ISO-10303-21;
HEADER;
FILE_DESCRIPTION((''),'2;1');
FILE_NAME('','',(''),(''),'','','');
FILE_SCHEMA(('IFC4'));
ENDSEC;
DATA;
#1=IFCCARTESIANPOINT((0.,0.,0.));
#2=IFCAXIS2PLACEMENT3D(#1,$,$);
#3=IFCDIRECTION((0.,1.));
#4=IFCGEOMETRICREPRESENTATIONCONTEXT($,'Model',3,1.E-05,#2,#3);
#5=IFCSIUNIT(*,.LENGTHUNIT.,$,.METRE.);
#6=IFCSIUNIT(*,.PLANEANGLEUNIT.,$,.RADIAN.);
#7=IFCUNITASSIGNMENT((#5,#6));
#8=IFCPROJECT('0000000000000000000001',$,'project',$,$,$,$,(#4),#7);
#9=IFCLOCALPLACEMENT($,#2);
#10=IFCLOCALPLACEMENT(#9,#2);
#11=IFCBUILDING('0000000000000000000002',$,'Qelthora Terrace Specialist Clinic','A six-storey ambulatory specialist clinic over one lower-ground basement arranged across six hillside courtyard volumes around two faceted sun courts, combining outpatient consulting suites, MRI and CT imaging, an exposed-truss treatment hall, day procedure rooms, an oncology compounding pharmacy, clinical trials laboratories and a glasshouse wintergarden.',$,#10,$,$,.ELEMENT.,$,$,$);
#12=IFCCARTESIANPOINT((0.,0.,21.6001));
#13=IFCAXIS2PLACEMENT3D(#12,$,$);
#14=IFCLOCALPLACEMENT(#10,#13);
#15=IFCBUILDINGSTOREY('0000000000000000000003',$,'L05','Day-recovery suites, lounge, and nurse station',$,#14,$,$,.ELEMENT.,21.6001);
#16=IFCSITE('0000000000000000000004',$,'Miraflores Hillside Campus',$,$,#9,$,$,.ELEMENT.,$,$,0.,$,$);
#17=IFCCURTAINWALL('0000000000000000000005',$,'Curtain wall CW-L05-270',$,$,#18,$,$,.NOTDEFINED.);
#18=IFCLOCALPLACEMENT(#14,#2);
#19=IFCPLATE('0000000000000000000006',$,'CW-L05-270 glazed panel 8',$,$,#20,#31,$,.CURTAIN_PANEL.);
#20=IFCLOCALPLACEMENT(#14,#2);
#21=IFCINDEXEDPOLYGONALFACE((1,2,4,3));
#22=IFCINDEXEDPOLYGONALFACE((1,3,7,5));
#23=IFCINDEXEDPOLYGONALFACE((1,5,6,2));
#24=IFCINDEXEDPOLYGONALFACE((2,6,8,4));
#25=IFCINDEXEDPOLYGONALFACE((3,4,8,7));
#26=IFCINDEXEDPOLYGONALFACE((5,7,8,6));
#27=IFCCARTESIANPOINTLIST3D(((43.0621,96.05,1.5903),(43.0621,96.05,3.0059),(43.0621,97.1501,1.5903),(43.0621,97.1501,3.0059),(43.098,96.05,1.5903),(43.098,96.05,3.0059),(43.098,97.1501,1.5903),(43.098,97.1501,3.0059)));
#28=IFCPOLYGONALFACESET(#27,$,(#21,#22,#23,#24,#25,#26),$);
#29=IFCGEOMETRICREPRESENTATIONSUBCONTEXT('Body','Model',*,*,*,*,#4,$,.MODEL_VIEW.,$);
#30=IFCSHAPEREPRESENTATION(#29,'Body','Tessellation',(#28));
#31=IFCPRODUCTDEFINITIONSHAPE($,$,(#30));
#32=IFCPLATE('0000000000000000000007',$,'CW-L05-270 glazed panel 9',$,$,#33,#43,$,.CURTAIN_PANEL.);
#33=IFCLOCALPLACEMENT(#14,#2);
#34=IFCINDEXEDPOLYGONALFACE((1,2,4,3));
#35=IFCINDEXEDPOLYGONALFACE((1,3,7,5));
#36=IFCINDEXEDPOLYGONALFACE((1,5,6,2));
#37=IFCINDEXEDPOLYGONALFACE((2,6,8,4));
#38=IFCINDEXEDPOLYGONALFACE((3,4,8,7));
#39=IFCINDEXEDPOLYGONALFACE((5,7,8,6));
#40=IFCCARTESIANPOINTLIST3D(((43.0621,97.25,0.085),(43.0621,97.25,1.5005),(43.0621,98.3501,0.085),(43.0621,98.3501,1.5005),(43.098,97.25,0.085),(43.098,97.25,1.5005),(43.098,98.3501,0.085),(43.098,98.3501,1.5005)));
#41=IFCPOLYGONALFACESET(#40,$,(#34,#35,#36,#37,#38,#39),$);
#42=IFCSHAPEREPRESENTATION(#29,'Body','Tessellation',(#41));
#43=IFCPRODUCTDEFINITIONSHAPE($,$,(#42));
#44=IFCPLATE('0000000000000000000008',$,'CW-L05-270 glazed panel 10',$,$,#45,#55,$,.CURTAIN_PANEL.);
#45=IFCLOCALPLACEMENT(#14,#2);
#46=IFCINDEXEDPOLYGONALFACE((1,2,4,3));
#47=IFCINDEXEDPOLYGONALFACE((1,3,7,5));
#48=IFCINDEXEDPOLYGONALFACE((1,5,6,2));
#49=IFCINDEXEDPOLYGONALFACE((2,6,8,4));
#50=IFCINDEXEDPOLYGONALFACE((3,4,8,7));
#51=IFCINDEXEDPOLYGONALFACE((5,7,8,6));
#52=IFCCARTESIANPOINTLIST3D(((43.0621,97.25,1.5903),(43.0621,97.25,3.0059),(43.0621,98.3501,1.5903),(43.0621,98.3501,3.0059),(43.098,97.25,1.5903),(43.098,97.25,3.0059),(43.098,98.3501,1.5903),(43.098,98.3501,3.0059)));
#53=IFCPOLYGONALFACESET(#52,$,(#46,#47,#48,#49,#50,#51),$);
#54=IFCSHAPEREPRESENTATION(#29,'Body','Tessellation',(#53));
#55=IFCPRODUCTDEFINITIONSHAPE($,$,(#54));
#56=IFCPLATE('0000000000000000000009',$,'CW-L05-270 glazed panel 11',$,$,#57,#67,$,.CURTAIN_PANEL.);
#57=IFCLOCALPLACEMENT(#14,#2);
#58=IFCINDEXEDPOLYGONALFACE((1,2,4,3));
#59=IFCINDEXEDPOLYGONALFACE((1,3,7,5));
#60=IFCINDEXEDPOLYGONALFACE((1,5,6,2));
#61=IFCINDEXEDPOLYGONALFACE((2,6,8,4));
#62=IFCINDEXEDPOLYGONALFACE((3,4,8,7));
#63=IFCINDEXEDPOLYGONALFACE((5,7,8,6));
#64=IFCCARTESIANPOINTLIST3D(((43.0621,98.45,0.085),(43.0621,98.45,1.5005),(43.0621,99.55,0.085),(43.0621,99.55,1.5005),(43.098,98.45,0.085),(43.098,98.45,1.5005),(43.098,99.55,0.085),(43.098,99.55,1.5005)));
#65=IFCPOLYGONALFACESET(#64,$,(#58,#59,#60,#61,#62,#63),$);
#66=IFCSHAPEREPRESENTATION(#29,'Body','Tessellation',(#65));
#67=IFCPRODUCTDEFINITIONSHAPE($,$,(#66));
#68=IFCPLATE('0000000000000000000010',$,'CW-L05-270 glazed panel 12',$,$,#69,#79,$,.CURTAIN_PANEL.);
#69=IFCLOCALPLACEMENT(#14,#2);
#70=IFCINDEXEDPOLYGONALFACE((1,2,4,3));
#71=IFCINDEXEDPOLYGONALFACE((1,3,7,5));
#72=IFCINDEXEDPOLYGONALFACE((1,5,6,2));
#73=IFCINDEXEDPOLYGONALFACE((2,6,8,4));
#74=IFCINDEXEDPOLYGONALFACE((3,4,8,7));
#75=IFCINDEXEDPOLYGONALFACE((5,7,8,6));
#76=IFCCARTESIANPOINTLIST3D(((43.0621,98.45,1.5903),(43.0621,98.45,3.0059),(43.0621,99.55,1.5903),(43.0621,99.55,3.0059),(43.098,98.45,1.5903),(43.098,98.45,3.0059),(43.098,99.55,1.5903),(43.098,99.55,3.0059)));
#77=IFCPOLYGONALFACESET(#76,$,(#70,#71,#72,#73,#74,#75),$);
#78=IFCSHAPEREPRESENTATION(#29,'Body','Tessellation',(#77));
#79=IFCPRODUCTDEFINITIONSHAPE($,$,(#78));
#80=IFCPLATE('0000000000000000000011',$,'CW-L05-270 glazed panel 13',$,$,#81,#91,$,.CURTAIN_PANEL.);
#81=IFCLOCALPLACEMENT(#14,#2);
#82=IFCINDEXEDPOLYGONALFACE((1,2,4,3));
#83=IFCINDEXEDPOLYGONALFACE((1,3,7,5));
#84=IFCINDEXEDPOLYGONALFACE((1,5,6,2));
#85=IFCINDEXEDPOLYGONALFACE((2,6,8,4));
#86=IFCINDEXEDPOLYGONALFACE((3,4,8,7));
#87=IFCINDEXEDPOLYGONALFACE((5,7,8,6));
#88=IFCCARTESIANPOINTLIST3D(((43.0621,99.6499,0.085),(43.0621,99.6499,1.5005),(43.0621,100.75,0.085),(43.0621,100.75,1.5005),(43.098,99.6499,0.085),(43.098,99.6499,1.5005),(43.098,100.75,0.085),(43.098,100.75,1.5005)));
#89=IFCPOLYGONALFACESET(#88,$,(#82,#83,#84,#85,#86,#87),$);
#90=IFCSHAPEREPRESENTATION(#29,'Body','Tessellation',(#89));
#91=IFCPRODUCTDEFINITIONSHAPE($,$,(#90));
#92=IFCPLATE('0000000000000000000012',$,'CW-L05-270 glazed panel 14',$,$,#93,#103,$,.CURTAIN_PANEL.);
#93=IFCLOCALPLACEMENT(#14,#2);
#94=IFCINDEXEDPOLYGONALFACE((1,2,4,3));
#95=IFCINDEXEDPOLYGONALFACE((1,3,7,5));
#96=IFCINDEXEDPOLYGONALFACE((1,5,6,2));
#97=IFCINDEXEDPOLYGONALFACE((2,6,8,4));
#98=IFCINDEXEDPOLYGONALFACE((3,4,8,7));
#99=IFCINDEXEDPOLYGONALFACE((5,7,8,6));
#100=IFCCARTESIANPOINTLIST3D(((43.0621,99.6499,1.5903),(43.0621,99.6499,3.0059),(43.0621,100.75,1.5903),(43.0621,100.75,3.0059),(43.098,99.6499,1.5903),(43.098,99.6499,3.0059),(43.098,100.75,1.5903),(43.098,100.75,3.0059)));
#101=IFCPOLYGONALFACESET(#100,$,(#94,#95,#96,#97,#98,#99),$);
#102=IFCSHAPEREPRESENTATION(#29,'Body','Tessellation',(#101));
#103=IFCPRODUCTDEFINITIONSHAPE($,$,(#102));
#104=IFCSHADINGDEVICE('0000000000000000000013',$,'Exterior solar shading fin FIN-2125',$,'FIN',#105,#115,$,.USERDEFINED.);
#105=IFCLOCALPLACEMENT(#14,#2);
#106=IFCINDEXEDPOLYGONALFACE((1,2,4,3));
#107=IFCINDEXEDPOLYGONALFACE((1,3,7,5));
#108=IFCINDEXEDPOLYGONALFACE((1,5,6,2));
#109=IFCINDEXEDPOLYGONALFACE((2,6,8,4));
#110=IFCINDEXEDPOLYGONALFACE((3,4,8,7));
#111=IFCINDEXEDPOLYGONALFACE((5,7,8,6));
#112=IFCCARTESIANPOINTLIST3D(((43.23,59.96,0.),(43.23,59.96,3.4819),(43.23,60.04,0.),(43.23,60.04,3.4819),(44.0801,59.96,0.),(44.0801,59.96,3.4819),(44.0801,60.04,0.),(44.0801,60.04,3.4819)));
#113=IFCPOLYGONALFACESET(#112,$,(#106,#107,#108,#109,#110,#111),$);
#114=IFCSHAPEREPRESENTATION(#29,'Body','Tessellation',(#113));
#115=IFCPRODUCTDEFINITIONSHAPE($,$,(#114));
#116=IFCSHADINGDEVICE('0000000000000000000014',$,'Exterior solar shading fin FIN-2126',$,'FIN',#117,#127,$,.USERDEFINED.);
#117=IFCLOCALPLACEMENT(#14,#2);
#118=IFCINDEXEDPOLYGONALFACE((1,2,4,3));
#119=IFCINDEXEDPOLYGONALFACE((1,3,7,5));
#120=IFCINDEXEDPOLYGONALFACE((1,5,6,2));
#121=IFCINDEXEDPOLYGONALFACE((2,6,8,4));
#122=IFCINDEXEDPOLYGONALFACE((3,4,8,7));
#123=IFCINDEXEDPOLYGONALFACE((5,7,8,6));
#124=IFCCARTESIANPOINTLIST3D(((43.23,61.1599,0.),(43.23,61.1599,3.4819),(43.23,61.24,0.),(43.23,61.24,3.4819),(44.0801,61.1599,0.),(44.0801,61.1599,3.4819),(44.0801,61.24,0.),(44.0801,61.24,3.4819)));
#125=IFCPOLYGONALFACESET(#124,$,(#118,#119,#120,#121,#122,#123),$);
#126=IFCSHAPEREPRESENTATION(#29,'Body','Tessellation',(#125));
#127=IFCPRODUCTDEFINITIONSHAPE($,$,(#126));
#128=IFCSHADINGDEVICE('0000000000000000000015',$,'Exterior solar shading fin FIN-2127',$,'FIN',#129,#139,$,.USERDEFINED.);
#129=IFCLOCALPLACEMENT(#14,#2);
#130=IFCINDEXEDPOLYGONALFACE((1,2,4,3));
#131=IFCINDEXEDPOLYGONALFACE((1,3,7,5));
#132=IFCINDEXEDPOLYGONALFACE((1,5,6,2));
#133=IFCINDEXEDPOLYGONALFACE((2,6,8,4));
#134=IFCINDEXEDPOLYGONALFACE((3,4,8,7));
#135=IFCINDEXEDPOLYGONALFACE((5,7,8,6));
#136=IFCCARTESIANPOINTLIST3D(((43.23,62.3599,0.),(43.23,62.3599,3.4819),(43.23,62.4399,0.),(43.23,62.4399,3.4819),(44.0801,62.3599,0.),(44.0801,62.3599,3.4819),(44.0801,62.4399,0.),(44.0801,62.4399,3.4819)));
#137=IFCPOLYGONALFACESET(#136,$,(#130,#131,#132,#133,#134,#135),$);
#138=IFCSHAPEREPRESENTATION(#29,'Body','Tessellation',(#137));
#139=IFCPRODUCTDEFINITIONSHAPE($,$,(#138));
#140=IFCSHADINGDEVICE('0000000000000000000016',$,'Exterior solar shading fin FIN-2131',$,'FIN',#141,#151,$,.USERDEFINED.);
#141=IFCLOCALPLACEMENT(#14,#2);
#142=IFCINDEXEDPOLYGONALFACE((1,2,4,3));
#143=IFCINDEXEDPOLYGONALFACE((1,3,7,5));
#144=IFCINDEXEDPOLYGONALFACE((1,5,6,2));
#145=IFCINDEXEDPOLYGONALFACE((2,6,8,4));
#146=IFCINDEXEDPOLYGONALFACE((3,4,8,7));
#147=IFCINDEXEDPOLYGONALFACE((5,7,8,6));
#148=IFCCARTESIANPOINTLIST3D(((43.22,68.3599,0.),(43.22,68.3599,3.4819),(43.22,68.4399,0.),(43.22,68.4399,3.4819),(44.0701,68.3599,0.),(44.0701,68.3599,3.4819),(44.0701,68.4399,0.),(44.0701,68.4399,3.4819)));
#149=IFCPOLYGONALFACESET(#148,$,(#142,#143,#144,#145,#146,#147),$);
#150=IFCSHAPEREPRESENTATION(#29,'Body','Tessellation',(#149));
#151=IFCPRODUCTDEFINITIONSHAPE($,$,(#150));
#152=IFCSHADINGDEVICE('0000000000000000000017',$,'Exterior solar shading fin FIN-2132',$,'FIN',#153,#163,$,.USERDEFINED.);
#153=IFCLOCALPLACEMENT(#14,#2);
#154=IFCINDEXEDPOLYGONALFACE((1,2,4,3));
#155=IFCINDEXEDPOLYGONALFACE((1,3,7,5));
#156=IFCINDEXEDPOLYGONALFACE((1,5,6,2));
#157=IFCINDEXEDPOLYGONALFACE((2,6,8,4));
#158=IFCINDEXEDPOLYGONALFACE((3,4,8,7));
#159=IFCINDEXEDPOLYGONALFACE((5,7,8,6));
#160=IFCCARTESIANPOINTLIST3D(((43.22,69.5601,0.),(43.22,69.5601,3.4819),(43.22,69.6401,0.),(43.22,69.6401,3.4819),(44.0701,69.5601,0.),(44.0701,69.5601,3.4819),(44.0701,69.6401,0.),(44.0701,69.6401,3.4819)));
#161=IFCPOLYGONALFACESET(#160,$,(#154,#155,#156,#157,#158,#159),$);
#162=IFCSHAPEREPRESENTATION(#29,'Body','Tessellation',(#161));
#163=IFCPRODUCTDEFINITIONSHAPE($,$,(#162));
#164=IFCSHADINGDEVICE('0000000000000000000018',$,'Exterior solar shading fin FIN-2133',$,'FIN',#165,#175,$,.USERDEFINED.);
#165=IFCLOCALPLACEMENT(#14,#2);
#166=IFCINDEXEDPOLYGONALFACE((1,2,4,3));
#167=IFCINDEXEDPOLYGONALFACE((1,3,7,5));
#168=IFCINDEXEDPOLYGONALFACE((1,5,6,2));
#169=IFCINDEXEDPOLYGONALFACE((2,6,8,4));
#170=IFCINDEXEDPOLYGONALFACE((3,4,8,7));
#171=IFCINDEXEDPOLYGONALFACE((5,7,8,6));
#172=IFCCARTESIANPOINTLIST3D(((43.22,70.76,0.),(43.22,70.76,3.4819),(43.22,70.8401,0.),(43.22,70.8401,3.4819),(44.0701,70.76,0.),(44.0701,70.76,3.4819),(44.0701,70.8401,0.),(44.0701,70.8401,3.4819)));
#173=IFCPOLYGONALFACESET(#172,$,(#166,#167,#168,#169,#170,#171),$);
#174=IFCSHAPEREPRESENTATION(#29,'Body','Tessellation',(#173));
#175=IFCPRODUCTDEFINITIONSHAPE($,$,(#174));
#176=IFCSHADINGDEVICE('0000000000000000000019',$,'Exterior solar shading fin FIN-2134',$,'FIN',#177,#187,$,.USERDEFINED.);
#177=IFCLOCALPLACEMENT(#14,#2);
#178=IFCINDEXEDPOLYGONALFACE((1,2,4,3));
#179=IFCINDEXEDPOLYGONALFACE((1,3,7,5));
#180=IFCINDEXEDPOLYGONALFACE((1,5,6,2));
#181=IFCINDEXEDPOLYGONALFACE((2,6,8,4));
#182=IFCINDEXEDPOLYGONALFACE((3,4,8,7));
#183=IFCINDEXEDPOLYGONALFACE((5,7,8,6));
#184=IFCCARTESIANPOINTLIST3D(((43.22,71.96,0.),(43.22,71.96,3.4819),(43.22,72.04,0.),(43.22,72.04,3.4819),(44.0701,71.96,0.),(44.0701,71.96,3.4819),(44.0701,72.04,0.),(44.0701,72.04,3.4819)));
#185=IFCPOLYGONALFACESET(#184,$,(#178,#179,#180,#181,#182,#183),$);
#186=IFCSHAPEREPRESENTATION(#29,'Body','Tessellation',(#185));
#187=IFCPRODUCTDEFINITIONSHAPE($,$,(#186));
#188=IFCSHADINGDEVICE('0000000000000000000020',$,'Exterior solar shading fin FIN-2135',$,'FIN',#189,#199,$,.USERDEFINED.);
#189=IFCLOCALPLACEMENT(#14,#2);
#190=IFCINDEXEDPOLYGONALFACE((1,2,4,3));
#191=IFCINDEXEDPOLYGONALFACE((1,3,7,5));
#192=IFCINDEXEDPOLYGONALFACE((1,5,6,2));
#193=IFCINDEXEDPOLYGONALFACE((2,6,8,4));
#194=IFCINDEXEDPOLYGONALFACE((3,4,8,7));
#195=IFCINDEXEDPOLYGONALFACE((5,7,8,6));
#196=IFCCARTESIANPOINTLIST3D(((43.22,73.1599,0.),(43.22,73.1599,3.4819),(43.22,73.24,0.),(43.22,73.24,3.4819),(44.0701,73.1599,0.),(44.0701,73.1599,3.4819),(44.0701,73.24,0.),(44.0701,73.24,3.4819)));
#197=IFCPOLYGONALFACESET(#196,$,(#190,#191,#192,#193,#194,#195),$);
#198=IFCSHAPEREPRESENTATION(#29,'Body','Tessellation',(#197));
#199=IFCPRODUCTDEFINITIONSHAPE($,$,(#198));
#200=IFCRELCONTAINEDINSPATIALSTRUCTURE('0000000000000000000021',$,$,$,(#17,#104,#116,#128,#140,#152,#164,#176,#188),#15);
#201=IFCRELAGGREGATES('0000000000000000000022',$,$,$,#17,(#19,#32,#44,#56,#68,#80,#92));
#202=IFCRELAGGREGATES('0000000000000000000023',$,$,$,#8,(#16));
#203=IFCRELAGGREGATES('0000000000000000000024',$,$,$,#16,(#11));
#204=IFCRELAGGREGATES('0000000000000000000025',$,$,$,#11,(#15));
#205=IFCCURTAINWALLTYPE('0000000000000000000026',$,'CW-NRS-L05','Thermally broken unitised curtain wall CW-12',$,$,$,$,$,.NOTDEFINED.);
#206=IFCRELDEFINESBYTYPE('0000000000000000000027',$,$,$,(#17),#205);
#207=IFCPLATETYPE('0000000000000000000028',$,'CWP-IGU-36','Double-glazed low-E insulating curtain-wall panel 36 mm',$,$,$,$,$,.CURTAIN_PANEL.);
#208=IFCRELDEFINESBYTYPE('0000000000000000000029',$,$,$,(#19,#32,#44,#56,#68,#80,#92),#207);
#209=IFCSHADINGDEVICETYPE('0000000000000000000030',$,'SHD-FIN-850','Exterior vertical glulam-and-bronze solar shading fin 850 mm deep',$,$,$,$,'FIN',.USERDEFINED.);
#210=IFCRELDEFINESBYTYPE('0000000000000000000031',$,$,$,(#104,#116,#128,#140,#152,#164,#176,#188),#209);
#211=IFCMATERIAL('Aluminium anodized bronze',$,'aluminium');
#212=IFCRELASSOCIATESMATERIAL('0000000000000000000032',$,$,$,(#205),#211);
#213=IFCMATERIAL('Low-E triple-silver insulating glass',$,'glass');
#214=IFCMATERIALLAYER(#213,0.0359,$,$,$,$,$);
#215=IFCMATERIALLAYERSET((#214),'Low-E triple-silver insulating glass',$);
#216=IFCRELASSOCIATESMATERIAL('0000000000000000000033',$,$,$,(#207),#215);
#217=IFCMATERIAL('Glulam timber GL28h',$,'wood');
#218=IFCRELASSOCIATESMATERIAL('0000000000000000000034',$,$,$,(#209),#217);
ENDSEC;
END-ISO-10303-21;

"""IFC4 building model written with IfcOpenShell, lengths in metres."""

from ifc_helpers import new_model, si_unit, direction, frame, origin, origin_2d, place, context, subcontext, project, spatial, rectangle, extrude, material, layer, layer_set, type_object, element, aggregate, save


model = new_model("IFC4")

# Units and contexts
model_context = context("Model", 3, precision=1e-05, world=origin(), true_north=direction((0.0, 1.0)))
body_context = subcontext(model_context, "Body", "Model", "MODEL_VIEW")
ifc_project = project(units=[si_unit("LENGTHUNIT", "METRE"), si_unit("PLANEANGLEUNIT", "RADIAN")], contexts=[model_context])

# Site, building, storey
site_placement = place(None, origin())
site = spatial("IfcSite", under=ifc_project, at=site_placement, Name="Miraflores Hillside Campus", CompositionType="ELEMENT", RefElevation=0.0)
building_placement = place(site_placement, origin())
building = spatial("IfcBuilding", under=site, at=building_placement, Name="Qelthora Terrace Specialist Clinic", Description="A six-storey ambulatory specialist clinic over one lower-ground basement arranged across six hillside courtyard volumes around two faceted sun courts, combining outpatient consulting suites, MRI and CT imaging, an exposed-truss treatment hall, day procedure rooms, an oncology compounding pharmacy, clinical trials laboratories and a glasshouse wintergarden.", CompositionType="ELEMENT")
storey_placement = place(building_placement, frame((0.0, 0.0, 21.6001)))
storey = spatial("IfcBuildingStorey", under=building, at=storey_placement, Name="L05", Description="Day-recovery suites, lounge, and nurse station", CompositionType="ELEMENT", Elevation=21.6001)

# Curtain wall, plates
ifc_material_1 = material(Name="Aluminium anodized bronze", Category="aluminium")
curtain_wall_type = type_object("IfcCurtainWallType", Name="CW-NRS-L05", Description="Thermally broken unitised curtain wall CW-12", PredefinedType="NOTDEFINED", material=ifc_material_1)
curtain_wall_placement = place(storey_placement, origin())
curtain_wall = element("IfcCurtainWall", 1, at=curtain_wall_placement, inside=storey, type_object=curtain_wall_type, Name="Curtain wall CW-L05-270", PredefinedType="NOTDEFINED")
ifc_material_2 = material(Name="Low-E triple-silver insulating glass", Category="glass")
ifc_layer = layer(ifc_material_2, 0.0359)
ifc_layer_set = layer_set([ifc_layer], Name="Low-E triple-silver insulating glass")
plate_type = type_object("IfcPlateType", Name="CWP-IGU-36", Description="Double-glazed low-E insulating curtain-wall panel 36 mm", PredefinedType="CURTAIN_PANEL", material=ifc_layer_set)
plate_1_placement = place(storey_placement, frame((43.0801, 96.6001, 1.5903), z_axis=(0.0, 0.0, 1.0), x_axis=(0.0, 1.0, 0.0)))
plate_1 = element("IfcPlate", 2, at=plate_1_placement, type_object=plate_type, Name="CW-L05-270 glazed panel 8", PredefinedType="CURTAIN_PANEL", context=body_context, shape_type="SweptSolid", body=[
    extrude(rectangle(XDim=1.1001, YDim=0.0359, at=origin_2d()), origin(), (0.0, 0.0, 1.0), 1.4155),
])
plate_2_placement = place(storey_placement, frame((43.0801, 97.8, 0.085), z_axis=(0.0, 0.0, 1.0), x_axis=(0.0, 1.0, 0.0)))
plate_2 = element("IfcPlate", 3, at=plate_2_placement, type_object=plate_type, Name="CW-L05-270 glazed panel 9", PredefinedType="CURTAIN_PANEL", context=body_context, shape_type="SweptSolid", body=[
    extrude(rectangle(XDim=1.1001, YDim=0.0359, at=origin_2d()), origin(), (0.0, 0.0, 1.0), 1.4155),
])
plate_3_placement = place(storey_placement, frame((43.0801, 97.8, 1.5903), z_axis=(0.0, 0.0, 1.0), x_axis=(0.0, 1.0, 0.0)))
plate_3 = element("IfcPlate", 4, at=plate_3_placement, type_object=plate_type, Name="CW-L05-270 glazed panel 10", PredefinedType="CURTAIN_PANEL", context=body_context, shape_type="SweptSolid", body=[
    extrude(rectangle(XDim=1.1001, YDim=0.0359, at=origin_2d()), origin(), (0.0, 0.0, 1.0), 1.4155),
])
plate_4_placement = place(storey_placement, frame((43.0801, 99.0, 0.085), z_axis=(0.0, 0.0, 1.0), x_axis=(0.0, 1.0, 0.0)))
plate_4 = element("IfcPlate", 5, at=plate_4_placement, type_object=plate_type, Name="CW-L05-270 glazed panel 11", PredefinedType="CURTAIN_PANEL", context=body_context, shape_type="SweptSolid", body=[
    extrude(rectangle(XDim=1.1001, YDim=0.0359, at=origin_2d()), origin(), (0.0, 0.0, 1.0), 1.4155),
])
plate_5_placement = place(storey_placement, frame((43.0801, 99.0, 1.5903), z_axis=(0.0, 0.0, 1.0), x_axis=(0.0, 1.0, 0.0)))
plate_5 = element("IfcPlate", 6, at=plate_5_placement, type_object=plate_type, Name="CW-L05-270 glazed panel 12", PredefinedType="CURTAIN_PANEL", context=body_context, shape_type="SweptSolid", body=[
    extrude(rectangle(XDim=1.1001, YDim=0.0359, at=origin_2d()), origin(), (0.0, 0.0, 1.0), 1.4155),
])
plate_6_placement = place(storey_placement, frame((43.0801, 100.2, 0.085), z_axis=(0.0, 0.0, 1.0), x_axis=(0.0, 1.0, 0.0)))
plate_6 = element("IfcPlate", 7, at=plate_6_placement, type_object=plate_type, Name="CW-L05-270 glazed panel 13", PredefinedType="CURTAIN_PANEL", context=body_context, shape_type="SweptSolid", body=[
    extrude(rectangle(XDim=1.1001, YDim=0.0359, at=origin_2d()), origin(), (0.0, 0.0, 1.0), 1.4155),
])
plate_7_placement = place(storey_placement, frame((43.0801, 100.2, 1.5903), z_axis=(0.0, 0.0, 1.0), x_axis=(0.0, 1.0, 0.0)))
plate_7 = element("IfcPlate", 8, at=plate_7_placement, type_object=plate_type, Name="CW-L05-270 glazed panel 14", PredefinedType="CURTAIN_PANEL", context=body_context, shape_type="SweptSolid", body=[
    extrude(rectangle(XDim=1.1001, YDim=0.0359, at=origin_2d()), origin(), (0.0, 0.0, 1.0), 1.4155),
])
aggregate(curtain_wall, [plate_1, plate_2, plate_3, plate_4, plate_5, plate_6, plate_7])

# Shading devices
ifc_material_3 = material(Name="Glulam timber GL28h", Category="wood")
shading_device_type = type_object("IfcShadingDeviceType", Name="SHD-FIN-850", Description="Exterior vertical glulam-and-bronze solar shading fin 850 mm deep", ElementType="FIN", PredefinedType="USERDEFINED", material=ifc_material_3)
for number, where, z_axis, x_axis, name in (
    (9, (43.655, 60.0, 0.0), (0.0, 0.0, 1.0), (1.0, 0.0, 0.0), "Exterior solar shading fin FIN-2125"),
    (10, (43.655, 61.2, 0.0), (0.0, 0.0, 1.0), (1.0, 0.0, 0.0), "Exterior solar shading fin FIN-2126"),
    (11, (43.655, 62.3999, 0.0), (0.0, 0.0, 1.0), (1.0, 0.0, 0.0), "Exterior solar shading fin FIN-2127"),
    (12, (43.645, 68.3999, 0.0), (0.0, 0.0, 1.0), (1.0, 0.0, 0.0), "Exterior solar shading fin FIN-2131"),
    (13, (43.645, 69.6001, 0.0), (0.0, 0.0, 1.0), (1.0, 0.0, 0.0), "Exterior solar shading fin FIN-2132"),
    (14, (43.645, 70.8, 0.0), (0.0, 0.0, 1.0), (1.0, 0.0, 0.0), "Exterior solar shading fin FIN-2133"),
    (15, (43.645, 72.0, 0.0), (0.0, 0.0, 1.0), (1.0, 0.0, 0.0), "Exterior solar shading fin FIN-2134"),
    (16, (43.645, 73.2, 0.0), (0.0, 0.0, 1.0), (1.0, 0.0, 0.0), "Exterior solar shading fin FIN-2135"),
):
    element("IfcShadingDevice", number, at=place(storey_placement, frame(where, z_axis=z_axis, x_axis=x_axis)), inside=storey, type_object=shading_device_type, Name=name, ObjectType="FIN", PredefinedType="USERDEFINED", context=body_context, shape_type="SweptSolid", body=[
        extrude(rectangle(XDim=0.8501, YDim=0.0801, at=origin_2d()), origin(), (0.0, 0.0, 1.0), 3.4819),
    ])

save(model, "model.ifc")
